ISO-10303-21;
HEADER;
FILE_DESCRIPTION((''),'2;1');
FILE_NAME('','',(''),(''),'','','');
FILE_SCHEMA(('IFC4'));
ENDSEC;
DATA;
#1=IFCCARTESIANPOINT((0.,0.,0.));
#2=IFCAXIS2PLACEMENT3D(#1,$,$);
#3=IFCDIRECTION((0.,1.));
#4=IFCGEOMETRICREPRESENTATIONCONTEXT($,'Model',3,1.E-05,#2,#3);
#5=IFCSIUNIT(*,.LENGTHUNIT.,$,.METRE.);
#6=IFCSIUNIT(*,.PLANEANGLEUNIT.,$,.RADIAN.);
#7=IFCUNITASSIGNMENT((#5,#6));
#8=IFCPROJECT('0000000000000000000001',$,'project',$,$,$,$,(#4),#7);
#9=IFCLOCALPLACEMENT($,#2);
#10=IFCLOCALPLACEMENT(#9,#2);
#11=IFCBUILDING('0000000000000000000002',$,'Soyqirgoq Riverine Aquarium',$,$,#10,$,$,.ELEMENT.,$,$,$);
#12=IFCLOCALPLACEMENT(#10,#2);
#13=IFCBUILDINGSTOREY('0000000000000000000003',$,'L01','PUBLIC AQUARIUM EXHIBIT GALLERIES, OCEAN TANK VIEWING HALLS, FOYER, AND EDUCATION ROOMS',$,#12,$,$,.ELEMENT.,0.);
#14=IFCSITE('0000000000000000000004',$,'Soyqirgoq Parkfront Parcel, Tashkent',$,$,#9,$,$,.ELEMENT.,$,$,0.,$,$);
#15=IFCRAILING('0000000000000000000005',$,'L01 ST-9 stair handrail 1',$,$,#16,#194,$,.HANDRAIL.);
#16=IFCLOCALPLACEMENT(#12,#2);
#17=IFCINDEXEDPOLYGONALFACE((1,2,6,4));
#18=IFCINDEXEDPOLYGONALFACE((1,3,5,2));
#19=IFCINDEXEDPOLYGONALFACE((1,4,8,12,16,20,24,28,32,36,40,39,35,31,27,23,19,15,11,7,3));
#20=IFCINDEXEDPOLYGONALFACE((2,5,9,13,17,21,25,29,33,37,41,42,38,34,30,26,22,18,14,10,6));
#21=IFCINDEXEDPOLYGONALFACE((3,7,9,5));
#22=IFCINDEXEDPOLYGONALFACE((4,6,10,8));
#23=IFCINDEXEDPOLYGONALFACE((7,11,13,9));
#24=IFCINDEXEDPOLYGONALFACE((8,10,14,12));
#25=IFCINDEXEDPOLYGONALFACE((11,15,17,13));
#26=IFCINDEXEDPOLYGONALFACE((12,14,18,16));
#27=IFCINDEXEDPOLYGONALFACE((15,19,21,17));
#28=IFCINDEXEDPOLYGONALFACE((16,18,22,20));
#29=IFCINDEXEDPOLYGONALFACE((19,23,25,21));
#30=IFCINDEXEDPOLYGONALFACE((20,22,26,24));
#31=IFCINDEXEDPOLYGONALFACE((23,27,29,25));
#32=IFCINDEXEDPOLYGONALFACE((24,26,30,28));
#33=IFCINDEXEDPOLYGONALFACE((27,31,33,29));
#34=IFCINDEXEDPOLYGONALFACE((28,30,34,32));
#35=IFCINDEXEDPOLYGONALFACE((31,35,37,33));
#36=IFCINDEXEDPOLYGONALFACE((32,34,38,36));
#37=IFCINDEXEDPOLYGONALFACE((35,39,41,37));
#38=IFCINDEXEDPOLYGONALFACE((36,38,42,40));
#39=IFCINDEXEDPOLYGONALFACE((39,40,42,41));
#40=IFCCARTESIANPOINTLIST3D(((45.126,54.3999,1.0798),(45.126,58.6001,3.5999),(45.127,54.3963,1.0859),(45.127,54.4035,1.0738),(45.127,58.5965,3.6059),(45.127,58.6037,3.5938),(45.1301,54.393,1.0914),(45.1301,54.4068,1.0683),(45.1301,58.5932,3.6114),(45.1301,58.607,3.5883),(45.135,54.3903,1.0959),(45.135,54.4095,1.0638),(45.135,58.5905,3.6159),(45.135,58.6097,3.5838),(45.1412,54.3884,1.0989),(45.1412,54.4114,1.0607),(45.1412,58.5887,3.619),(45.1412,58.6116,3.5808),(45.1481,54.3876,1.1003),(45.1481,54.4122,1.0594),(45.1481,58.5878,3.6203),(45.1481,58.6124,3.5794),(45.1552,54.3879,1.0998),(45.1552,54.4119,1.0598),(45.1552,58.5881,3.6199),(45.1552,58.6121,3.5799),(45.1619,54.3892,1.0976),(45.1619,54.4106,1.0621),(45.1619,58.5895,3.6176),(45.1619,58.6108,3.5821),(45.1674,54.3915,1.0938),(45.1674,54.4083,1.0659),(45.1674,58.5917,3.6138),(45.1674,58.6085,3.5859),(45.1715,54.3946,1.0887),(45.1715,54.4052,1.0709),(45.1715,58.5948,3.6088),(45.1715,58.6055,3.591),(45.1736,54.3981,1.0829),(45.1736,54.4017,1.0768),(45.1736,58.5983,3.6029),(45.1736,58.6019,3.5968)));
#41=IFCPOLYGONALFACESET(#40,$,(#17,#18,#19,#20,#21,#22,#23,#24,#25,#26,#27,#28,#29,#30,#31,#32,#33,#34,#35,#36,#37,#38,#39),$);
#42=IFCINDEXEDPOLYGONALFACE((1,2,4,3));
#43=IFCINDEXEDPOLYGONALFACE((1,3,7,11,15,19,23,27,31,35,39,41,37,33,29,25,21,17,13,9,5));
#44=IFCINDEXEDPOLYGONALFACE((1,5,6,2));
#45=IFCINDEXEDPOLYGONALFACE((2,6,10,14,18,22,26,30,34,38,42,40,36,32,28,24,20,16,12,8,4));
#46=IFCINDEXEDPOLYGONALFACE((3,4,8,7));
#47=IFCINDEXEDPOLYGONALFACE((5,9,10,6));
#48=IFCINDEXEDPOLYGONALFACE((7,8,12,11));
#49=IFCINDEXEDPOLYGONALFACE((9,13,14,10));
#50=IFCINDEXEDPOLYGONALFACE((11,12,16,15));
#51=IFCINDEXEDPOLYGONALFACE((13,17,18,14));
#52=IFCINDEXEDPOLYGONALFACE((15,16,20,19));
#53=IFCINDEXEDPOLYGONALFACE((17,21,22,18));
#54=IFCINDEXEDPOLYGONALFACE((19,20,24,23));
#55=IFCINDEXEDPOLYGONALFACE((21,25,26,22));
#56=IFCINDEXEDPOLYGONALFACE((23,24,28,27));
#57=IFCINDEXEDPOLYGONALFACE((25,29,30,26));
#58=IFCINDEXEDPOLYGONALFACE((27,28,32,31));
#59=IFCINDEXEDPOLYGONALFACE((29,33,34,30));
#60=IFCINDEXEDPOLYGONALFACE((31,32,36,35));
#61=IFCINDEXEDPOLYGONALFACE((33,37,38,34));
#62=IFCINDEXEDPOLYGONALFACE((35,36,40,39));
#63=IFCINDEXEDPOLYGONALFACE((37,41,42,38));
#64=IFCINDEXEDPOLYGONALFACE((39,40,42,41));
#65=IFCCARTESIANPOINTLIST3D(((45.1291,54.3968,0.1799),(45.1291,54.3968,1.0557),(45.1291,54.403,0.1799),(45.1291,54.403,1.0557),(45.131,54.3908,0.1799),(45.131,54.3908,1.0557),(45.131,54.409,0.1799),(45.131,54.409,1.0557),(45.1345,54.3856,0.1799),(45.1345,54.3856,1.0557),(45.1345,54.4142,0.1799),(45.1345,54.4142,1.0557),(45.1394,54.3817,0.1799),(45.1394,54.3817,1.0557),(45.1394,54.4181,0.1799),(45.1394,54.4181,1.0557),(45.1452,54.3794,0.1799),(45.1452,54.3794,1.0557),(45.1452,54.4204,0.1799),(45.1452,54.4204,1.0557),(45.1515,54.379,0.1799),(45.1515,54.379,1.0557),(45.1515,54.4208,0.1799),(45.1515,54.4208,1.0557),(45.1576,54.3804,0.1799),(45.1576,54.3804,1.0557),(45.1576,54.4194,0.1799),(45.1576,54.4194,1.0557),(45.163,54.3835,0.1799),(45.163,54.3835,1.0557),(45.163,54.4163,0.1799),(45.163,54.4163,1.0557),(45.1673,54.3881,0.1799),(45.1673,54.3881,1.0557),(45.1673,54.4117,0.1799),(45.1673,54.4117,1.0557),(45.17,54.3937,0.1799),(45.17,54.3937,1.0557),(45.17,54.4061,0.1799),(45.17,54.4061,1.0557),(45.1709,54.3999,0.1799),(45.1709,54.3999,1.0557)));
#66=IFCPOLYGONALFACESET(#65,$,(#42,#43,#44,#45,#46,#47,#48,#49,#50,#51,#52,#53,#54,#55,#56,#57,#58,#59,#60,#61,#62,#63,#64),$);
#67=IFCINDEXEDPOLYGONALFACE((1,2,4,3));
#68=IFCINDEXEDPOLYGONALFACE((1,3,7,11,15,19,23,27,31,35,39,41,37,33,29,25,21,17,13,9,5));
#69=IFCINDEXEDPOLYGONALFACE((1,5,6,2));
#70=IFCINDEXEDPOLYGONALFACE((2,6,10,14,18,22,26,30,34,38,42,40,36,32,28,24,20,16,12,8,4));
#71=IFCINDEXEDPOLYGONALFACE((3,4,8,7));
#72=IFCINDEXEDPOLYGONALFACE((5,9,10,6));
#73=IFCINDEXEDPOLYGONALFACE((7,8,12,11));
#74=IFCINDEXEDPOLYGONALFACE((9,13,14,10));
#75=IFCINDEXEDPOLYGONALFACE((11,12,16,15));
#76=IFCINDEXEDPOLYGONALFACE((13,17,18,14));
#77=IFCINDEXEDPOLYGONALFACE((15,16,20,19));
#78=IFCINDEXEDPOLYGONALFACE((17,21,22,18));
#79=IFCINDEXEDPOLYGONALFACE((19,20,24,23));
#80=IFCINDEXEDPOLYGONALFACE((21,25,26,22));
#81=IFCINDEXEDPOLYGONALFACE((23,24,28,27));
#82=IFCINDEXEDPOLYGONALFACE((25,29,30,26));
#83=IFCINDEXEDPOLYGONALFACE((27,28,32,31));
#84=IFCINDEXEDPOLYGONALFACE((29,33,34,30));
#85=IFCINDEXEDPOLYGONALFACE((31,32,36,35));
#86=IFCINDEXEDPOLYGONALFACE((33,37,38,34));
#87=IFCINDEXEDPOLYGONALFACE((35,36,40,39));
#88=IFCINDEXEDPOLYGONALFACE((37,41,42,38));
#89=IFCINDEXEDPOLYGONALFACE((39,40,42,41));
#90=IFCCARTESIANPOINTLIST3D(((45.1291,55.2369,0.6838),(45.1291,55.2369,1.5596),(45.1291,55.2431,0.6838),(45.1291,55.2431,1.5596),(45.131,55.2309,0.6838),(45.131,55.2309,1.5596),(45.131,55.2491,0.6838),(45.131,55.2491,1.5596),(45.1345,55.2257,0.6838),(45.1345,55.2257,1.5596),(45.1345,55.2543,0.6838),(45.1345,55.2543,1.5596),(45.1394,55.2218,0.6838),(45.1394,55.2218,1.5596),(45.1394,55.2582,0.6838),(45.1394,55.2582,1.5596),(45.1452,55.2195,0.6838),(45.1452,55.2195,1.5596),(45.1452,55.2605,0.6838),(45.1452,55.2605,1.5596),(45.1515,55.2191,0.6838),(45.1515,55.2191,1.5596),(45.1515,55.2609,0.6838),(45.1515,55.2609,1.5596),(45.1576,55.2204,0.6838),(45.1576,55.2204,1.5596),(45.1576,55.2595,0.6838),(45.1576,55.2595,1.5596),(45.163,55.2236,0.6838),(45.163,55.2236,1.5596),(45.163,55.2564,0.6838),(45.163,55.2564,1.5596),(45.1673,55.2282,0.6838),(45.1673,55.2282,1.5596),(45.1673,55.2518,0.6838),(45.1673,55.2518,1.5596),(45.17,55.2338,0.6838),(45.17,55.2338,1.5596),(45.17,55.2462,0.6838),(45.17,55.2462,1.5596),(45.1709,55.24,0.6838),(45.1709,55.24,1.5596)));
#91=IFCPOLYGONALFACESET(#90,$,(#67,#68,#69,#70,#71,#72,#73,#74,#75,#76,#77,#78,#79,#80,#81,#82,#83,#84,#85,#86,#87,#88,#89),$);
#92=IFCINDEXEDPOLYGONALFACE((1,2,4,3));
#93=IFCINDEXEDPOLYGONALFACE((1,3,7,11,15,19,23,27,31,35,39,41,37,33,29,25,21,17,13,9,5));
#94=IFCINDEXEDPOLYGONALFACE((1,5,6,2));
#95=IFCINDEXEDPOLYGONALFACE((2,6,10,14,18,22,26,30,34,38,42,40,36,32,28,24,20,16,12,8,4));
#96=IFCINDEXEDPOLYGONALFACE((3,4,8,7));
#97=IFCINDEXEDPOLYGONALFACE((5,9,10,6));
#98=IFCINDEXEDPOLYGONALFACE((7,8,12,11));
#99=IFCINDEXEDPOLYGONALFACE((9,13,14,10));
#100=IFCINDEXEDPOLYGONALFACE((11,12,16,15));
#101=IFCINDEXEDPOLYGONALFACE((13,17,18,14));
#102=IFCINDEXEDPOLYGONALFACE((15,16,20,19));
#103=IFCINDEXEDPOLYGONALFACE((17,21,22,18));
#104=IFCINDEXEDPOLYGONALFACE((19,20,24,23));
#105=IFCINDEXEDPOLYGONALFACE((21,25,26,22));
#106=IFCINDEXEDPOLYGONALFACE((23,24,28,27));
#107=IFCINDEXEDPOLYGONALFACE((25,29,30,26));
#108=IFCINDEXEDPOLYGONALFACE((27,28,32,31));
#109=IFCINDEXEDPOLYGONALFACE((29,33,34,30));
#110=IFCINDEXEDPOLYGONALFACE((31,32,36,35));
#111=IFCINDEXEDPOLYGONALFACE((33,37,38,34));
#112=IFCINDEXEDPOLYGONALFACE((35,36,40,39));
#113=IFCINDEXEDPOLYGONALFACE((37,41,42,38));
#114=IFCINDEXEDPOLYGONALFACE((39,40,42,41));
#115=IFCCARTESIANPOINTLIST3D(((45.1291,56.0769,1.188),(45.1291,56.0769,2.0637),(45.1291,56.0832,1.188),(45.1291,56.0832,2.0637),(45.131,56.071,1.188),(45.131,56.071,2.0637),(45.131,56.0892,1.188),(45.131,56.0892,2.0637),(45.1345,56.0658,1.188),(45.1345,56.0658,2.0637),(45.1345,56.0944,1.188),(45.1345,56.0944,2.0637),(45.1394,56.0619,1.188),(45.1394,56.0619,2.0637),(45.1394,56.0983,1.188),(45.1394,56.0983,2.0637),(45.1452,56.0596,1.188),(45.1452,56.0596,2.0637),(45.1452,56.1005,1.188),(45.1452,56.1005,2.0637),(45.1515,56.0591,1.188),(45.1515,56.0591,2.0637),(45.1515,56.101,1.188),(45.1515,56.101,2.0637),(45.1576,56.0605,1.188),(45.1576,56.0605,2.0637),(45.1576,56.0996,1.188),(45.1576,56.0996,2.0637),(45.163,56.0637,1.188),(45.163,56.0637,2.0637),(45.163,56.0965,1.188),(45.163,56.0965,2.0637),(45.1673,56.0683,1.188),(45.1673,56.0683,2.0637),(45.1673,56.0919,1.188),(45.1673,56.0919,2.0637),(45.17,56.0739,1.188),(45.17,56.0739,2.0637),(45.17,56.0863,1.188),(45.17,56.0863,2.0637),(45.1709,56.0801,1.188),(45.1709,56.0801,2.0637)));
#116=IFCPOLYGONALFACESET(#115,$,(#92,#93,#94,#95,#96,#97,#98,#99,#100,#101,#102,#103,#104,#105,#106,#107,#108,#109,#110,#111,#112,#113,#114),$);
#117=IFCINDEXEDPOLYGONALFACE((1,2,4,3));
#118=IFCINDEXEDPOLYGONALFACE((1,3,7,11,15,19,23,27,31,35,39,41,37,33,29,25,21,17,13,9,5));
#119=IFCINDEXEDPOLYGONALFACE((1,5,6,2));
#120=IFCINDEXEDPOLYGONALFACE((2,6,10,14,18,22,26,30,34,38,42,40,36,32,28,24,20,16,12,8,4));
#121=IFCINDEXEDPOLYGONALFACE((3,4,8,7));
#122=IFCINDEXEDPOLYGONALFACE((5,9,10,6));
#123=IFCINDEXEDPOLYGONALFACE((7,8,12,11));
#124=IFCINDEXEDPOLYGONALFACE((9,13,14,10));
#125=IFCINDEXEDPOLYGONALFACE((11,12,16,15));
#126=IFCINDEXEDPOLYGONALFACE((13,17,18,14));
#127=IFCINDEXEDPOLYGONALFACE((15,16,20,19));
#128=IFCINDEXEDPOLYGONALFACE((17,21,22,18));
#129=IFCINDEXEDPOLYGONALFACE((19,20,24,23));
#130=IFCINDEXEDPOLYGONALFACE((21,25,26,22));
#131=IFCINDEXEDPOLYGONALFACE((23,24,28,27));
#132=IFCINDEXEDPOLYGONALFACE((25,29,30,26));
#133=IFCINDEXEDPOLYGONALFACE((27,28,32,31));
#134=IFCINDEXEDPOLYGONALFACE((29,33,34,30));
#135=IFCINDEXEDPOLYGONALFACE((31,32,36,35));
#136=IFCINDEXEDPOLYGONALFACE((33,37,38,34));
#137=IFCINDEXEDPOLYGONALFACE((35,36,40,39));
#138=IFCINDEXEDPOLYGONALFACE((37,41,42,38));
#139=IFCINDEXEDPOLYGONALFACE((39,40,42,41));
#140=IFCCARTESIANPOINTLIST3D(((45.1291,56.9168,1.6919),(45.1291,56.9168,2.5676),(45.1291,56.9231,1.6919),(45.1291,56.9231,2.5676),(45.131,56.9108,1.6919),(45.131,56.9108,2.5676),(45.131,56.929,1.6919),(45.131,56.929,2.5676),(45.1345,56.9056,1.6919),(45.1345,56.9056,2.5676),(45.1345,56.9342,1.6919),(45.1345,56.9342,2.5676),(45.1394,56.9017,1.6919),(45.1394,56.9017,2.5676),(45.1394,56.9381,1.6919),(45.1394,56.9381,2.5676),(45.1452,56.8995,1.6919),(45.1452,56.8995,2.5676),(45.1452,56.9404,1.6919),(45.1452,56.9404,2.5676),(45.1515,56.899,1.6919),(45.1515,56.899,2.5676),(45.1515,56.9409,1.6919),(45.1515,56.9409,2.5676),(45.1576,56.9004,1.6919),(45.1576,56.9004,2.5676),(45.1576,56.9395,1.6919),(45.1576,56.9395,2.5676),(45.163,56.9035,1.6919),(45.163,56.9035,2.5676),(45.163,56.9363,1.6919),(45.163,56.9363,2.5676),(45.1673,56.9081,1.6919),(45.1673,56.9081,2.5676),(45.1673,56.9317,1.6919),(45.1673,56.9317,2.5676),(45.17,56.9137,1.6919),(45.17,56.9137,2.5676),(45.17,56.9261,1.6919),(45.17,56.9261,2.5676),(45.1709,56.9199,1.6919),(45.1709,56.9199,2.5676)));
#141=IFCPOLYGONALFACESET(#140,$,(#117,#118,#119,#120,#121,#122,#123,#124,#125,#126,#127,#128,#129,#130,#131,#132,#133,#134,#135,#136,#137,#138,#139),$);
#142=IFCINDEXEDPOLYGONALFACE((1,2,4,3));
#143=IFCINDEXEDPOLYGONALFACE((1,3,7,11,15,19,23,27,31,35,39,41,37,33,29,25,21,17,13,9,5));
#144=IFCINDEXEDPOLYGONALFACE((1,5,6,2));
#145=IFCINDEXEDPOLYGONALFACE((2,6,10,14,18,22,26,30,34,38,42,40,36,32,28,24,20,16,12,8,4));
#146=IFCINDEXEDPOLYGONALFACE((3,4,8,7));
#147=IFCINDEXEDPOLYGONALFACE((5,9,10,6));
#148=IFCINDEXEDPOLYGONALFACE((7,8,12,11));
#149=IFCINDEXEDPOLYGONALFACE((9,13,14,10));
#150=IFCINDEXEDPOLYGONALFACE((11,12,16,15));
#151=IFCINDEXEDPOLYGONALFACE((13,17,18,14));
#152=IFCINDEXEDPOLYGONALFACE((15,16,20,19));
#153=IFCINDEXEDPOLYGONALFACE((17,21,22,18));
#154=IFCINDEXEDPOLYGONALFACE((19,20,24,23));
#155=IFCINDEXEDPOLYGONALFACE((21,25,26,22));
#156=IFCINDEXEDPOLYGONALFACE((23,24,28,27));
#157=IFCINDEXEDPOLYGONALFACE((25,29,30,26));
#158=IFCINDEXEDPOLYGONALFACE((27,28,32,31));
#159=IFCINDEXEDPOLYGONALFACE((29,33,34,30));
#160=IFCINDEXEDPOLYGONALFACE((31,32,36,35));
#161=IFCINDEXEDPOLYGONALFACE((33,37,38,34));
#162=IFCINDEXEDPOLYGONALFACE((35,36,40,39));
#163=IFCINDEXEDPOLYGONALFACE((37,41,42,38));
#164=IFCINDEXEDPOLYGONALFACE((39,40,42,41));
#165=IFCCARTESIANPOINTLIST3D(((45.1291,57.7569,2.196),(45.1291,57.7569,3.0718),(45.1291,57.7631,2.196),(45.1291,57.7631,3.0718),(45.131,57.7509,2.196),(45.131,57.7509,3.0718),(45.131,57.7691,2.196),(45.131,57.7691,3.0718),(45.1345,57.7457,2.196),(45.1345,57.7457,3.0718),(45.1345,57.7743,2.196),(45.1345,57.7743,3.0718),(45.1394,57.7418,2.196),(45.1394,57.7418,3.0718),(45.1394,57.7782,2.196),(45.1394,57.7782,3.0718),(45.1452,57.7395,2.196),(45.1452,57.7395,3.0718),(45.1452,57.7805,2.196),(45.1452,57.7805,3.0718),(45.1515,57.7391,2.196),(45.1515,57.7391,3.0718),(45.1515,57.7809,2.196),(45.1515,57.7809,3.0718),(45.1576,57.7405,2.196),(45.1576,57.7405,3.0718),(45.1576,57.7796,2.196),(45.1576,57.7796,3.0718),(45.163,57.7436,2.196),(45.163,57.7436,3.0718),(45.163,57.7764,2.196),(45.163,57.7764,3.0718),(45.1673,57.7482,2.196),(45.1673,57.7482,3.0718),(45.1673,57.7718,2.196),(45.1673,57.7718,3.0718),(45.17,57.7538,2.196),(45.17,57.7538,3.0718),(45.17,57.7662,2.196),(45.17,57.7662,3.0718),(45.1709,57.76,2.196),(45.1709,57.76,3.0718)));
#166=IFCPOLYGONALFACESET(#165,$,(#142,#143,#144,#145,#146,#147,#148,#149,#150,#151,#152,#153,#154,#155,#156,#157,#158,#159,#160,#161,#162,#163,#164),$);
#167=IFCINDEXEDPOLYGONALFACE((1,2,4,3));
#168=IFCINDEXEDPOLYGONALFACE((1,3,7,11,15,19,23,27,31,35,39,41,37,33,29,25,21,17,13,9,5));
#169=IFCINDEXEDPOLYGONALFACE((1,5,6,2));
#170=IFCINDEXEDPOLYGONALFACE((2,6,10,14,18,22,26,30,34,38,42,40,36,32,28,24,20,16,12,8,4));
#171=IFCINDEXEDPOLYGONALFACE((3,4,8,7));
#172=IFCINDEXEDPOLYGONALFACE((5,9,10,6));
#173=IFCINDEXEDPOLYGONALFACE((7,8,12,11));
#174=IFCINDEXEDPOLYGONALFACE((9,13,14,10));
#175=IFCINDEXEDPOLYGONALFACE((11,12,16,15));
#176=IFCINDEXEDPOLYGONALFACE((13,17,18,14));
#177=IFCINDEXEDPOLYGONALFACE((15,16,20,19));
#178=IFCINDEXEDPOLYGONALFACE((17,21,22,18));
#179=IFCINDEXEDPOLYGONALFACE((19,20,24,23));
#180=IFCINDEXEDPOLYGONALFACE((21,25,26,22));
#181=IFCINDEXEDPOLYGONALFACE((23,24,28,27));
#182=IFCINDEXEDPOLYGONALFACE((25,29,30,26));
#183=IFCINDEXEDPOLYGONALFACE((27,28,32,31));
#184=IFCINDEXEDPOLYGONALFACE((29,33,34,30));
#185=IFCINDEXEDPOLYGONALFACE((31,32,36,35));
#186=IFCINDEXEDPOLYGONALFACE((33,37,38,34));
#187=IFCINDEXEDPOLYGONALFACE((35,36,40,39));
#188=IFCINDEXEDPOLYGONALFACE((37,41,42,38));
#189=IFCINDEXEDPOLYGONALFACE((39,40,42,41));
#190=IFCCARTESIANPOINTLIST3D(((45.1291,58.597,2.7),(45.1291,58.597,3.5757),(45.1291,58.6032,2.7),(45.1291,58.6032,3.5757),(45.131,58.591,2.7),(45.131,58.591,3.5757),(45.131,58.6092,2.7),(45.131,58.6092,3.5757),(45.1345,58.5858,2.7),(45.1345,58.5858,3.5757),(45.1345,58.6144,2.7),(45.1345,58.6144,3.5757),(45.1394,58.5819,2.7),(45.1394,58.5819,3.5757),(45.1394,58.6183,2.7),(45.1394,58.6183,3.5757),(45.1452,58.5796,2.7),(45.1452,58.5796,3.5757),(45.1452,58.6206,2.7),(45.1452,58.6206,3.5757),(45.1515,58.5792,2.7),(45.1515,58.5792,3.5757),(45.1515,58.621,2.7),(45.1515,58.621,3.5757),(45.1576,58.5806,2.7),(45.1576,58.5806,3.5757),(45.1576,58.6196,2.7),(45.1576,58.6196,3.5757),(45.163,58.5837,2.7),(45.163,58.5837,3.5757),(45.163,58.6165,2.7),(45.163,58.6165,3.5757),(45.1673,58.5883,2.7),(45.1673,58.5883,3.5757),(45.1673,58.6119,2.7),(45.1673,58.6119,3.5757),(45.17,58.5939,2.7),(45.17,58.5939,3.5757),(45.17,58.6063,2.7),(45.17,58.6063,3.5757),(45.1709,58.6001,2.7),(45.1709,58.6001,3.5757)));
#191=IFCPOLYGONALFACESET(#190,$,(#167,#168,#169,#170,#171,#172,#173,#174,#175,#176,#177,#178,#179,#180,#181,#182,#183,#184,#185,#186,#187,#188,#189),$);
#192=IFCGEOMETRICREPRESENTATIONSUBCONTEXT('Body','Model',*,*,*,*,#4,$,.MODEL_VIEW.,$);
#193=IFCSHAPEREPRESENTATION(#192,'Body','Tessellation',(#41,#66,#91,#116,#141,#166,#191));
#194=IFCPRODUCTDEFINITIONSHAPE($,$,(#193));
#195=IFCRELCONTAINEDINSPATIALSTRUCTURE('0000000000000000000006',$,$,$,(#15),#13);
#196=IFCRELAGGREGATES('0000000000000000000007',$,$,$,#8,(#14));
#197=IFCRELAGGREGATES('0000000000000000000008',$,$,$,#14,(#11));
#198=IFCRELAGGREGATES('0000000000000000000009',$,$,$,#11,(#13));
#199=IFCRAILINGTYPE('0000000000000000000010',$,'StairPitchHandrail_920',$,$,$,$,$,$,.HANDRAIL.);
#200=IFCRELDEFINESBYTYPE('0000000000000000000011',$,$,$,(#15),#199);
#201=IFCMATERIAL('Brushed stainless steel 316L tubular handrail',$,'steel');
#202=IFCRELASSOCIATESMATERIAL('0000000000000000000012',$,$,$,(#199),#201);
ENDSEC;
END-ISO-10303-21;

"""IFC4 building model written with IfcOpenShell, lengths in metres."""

from ifc_helpers import new_model, si_unit, direction, frame, origin, origin_2d, place, context, subcontext, project, spatial, circle, extrude, material, type_object, element, save


model = new_model("IFC4")

# Units and contexts
model_context = context("Model", 3, precision=1e-05, world=origin(), true_north=direction((0.0, 1.0)))
body_context = subcontext(model_context, "Body", "Model", "MODEL_VIEW")
ifc_project = project(units=[si_unit("LENGTHUNIT", "METRE"), si_unit("PLANEANGLEUNIT", "RADIAN")], contexts=[model_context])

# Site, building, storey
site_placement = place(None, origin())
site = spatial("IfcSite", under=ifc_project, at=site_placement, Name="Soyqirgoq Parkfront Parcel, Tashkent", CompositionType="ELEMENT", RefElevation=0.0)
building_placement = place(site_placement, origin())
building = spatial("IfcBuilding", under=site, at=building_placement, Name="Soyqirgoq Riverine Aquarium", CompositionType="ELEMENT")
storey_placement = place(building_placement, origin())
storey = spatial("IfcBuildingStorey", under=building, at=storey_placement, Name="L01", Description="PUBLIC AQUARIUM EXHIBIT GALLERIES, OCEAN TANK VIEWING HALLS, FOYER, AND EDUCATION ROOMS", CompositionType="ELEMENT", Elevation=0.0)

# Railing
ifc_material_1 = material(Name="Brushed stainless steel 316L tubular handrail", Category="steel")
railing_type_1 = type_object("IfcRailingType", Name="StairPitchHandrail_920", PredefinedType="HANDRAIL", material=ifc_material_1)
railing_1_placement = place(storey_placement, frame((45.1499, 54.3999, 0.1799)))
element("IfcRailing", 1, at=railing_1_placement, inside=storey, type_object=railing_type_1, Name="L01 ST-9 stair handrail 1", PredefinedType="HANDRAIL", context=body_context, shape_type="SweptSolid", body=[
    extrude(circle(Radius=0.0239, at=origin_2d()), frame((0.0, 0.0, 0.8999), z_axis=(0.0, 0.857502, 0.514481), x_axis=(-1.0, 0.0, 0.0)), (0.0, 0.0, 1.0), 4.8982),
    extrude(circle(Radius=0.021, at=origin_2d()), origin(), (0.0, 0.0, 1.0), 0.8757),
    extrude(circle(Radius=0.021, at=origin_2d()), frame((0.0, 0.8401, 0.5039)), (0.0, 0.0, 1.0), 0.8757),
    extrude(circle(Radius=0.021, at=origin_2d()), frame((0.0, 1.6802, 1.0081)), (0.0, 0.0, 1.0), 0.8757),
    extrude(circle(Radius=0.021, at=origin_2d()), frame((0.0, 2.52, 1.512)), (0.0, 0.0, 1.0), 0.8757),
    extrude(circle(Radius=0.021, at=origin_2d()), frame((0.0, 3.3601, 2.0161)), (0.0, 0.0, 1.0), 0.8757),
    extrude(circle(Radius=0.021, at=origin_2d()), frame((0.0, 4.2002, 2.52)), (0.0, 0.0, 1.0), 0.8757),
])

save(model, "model.ifc")
